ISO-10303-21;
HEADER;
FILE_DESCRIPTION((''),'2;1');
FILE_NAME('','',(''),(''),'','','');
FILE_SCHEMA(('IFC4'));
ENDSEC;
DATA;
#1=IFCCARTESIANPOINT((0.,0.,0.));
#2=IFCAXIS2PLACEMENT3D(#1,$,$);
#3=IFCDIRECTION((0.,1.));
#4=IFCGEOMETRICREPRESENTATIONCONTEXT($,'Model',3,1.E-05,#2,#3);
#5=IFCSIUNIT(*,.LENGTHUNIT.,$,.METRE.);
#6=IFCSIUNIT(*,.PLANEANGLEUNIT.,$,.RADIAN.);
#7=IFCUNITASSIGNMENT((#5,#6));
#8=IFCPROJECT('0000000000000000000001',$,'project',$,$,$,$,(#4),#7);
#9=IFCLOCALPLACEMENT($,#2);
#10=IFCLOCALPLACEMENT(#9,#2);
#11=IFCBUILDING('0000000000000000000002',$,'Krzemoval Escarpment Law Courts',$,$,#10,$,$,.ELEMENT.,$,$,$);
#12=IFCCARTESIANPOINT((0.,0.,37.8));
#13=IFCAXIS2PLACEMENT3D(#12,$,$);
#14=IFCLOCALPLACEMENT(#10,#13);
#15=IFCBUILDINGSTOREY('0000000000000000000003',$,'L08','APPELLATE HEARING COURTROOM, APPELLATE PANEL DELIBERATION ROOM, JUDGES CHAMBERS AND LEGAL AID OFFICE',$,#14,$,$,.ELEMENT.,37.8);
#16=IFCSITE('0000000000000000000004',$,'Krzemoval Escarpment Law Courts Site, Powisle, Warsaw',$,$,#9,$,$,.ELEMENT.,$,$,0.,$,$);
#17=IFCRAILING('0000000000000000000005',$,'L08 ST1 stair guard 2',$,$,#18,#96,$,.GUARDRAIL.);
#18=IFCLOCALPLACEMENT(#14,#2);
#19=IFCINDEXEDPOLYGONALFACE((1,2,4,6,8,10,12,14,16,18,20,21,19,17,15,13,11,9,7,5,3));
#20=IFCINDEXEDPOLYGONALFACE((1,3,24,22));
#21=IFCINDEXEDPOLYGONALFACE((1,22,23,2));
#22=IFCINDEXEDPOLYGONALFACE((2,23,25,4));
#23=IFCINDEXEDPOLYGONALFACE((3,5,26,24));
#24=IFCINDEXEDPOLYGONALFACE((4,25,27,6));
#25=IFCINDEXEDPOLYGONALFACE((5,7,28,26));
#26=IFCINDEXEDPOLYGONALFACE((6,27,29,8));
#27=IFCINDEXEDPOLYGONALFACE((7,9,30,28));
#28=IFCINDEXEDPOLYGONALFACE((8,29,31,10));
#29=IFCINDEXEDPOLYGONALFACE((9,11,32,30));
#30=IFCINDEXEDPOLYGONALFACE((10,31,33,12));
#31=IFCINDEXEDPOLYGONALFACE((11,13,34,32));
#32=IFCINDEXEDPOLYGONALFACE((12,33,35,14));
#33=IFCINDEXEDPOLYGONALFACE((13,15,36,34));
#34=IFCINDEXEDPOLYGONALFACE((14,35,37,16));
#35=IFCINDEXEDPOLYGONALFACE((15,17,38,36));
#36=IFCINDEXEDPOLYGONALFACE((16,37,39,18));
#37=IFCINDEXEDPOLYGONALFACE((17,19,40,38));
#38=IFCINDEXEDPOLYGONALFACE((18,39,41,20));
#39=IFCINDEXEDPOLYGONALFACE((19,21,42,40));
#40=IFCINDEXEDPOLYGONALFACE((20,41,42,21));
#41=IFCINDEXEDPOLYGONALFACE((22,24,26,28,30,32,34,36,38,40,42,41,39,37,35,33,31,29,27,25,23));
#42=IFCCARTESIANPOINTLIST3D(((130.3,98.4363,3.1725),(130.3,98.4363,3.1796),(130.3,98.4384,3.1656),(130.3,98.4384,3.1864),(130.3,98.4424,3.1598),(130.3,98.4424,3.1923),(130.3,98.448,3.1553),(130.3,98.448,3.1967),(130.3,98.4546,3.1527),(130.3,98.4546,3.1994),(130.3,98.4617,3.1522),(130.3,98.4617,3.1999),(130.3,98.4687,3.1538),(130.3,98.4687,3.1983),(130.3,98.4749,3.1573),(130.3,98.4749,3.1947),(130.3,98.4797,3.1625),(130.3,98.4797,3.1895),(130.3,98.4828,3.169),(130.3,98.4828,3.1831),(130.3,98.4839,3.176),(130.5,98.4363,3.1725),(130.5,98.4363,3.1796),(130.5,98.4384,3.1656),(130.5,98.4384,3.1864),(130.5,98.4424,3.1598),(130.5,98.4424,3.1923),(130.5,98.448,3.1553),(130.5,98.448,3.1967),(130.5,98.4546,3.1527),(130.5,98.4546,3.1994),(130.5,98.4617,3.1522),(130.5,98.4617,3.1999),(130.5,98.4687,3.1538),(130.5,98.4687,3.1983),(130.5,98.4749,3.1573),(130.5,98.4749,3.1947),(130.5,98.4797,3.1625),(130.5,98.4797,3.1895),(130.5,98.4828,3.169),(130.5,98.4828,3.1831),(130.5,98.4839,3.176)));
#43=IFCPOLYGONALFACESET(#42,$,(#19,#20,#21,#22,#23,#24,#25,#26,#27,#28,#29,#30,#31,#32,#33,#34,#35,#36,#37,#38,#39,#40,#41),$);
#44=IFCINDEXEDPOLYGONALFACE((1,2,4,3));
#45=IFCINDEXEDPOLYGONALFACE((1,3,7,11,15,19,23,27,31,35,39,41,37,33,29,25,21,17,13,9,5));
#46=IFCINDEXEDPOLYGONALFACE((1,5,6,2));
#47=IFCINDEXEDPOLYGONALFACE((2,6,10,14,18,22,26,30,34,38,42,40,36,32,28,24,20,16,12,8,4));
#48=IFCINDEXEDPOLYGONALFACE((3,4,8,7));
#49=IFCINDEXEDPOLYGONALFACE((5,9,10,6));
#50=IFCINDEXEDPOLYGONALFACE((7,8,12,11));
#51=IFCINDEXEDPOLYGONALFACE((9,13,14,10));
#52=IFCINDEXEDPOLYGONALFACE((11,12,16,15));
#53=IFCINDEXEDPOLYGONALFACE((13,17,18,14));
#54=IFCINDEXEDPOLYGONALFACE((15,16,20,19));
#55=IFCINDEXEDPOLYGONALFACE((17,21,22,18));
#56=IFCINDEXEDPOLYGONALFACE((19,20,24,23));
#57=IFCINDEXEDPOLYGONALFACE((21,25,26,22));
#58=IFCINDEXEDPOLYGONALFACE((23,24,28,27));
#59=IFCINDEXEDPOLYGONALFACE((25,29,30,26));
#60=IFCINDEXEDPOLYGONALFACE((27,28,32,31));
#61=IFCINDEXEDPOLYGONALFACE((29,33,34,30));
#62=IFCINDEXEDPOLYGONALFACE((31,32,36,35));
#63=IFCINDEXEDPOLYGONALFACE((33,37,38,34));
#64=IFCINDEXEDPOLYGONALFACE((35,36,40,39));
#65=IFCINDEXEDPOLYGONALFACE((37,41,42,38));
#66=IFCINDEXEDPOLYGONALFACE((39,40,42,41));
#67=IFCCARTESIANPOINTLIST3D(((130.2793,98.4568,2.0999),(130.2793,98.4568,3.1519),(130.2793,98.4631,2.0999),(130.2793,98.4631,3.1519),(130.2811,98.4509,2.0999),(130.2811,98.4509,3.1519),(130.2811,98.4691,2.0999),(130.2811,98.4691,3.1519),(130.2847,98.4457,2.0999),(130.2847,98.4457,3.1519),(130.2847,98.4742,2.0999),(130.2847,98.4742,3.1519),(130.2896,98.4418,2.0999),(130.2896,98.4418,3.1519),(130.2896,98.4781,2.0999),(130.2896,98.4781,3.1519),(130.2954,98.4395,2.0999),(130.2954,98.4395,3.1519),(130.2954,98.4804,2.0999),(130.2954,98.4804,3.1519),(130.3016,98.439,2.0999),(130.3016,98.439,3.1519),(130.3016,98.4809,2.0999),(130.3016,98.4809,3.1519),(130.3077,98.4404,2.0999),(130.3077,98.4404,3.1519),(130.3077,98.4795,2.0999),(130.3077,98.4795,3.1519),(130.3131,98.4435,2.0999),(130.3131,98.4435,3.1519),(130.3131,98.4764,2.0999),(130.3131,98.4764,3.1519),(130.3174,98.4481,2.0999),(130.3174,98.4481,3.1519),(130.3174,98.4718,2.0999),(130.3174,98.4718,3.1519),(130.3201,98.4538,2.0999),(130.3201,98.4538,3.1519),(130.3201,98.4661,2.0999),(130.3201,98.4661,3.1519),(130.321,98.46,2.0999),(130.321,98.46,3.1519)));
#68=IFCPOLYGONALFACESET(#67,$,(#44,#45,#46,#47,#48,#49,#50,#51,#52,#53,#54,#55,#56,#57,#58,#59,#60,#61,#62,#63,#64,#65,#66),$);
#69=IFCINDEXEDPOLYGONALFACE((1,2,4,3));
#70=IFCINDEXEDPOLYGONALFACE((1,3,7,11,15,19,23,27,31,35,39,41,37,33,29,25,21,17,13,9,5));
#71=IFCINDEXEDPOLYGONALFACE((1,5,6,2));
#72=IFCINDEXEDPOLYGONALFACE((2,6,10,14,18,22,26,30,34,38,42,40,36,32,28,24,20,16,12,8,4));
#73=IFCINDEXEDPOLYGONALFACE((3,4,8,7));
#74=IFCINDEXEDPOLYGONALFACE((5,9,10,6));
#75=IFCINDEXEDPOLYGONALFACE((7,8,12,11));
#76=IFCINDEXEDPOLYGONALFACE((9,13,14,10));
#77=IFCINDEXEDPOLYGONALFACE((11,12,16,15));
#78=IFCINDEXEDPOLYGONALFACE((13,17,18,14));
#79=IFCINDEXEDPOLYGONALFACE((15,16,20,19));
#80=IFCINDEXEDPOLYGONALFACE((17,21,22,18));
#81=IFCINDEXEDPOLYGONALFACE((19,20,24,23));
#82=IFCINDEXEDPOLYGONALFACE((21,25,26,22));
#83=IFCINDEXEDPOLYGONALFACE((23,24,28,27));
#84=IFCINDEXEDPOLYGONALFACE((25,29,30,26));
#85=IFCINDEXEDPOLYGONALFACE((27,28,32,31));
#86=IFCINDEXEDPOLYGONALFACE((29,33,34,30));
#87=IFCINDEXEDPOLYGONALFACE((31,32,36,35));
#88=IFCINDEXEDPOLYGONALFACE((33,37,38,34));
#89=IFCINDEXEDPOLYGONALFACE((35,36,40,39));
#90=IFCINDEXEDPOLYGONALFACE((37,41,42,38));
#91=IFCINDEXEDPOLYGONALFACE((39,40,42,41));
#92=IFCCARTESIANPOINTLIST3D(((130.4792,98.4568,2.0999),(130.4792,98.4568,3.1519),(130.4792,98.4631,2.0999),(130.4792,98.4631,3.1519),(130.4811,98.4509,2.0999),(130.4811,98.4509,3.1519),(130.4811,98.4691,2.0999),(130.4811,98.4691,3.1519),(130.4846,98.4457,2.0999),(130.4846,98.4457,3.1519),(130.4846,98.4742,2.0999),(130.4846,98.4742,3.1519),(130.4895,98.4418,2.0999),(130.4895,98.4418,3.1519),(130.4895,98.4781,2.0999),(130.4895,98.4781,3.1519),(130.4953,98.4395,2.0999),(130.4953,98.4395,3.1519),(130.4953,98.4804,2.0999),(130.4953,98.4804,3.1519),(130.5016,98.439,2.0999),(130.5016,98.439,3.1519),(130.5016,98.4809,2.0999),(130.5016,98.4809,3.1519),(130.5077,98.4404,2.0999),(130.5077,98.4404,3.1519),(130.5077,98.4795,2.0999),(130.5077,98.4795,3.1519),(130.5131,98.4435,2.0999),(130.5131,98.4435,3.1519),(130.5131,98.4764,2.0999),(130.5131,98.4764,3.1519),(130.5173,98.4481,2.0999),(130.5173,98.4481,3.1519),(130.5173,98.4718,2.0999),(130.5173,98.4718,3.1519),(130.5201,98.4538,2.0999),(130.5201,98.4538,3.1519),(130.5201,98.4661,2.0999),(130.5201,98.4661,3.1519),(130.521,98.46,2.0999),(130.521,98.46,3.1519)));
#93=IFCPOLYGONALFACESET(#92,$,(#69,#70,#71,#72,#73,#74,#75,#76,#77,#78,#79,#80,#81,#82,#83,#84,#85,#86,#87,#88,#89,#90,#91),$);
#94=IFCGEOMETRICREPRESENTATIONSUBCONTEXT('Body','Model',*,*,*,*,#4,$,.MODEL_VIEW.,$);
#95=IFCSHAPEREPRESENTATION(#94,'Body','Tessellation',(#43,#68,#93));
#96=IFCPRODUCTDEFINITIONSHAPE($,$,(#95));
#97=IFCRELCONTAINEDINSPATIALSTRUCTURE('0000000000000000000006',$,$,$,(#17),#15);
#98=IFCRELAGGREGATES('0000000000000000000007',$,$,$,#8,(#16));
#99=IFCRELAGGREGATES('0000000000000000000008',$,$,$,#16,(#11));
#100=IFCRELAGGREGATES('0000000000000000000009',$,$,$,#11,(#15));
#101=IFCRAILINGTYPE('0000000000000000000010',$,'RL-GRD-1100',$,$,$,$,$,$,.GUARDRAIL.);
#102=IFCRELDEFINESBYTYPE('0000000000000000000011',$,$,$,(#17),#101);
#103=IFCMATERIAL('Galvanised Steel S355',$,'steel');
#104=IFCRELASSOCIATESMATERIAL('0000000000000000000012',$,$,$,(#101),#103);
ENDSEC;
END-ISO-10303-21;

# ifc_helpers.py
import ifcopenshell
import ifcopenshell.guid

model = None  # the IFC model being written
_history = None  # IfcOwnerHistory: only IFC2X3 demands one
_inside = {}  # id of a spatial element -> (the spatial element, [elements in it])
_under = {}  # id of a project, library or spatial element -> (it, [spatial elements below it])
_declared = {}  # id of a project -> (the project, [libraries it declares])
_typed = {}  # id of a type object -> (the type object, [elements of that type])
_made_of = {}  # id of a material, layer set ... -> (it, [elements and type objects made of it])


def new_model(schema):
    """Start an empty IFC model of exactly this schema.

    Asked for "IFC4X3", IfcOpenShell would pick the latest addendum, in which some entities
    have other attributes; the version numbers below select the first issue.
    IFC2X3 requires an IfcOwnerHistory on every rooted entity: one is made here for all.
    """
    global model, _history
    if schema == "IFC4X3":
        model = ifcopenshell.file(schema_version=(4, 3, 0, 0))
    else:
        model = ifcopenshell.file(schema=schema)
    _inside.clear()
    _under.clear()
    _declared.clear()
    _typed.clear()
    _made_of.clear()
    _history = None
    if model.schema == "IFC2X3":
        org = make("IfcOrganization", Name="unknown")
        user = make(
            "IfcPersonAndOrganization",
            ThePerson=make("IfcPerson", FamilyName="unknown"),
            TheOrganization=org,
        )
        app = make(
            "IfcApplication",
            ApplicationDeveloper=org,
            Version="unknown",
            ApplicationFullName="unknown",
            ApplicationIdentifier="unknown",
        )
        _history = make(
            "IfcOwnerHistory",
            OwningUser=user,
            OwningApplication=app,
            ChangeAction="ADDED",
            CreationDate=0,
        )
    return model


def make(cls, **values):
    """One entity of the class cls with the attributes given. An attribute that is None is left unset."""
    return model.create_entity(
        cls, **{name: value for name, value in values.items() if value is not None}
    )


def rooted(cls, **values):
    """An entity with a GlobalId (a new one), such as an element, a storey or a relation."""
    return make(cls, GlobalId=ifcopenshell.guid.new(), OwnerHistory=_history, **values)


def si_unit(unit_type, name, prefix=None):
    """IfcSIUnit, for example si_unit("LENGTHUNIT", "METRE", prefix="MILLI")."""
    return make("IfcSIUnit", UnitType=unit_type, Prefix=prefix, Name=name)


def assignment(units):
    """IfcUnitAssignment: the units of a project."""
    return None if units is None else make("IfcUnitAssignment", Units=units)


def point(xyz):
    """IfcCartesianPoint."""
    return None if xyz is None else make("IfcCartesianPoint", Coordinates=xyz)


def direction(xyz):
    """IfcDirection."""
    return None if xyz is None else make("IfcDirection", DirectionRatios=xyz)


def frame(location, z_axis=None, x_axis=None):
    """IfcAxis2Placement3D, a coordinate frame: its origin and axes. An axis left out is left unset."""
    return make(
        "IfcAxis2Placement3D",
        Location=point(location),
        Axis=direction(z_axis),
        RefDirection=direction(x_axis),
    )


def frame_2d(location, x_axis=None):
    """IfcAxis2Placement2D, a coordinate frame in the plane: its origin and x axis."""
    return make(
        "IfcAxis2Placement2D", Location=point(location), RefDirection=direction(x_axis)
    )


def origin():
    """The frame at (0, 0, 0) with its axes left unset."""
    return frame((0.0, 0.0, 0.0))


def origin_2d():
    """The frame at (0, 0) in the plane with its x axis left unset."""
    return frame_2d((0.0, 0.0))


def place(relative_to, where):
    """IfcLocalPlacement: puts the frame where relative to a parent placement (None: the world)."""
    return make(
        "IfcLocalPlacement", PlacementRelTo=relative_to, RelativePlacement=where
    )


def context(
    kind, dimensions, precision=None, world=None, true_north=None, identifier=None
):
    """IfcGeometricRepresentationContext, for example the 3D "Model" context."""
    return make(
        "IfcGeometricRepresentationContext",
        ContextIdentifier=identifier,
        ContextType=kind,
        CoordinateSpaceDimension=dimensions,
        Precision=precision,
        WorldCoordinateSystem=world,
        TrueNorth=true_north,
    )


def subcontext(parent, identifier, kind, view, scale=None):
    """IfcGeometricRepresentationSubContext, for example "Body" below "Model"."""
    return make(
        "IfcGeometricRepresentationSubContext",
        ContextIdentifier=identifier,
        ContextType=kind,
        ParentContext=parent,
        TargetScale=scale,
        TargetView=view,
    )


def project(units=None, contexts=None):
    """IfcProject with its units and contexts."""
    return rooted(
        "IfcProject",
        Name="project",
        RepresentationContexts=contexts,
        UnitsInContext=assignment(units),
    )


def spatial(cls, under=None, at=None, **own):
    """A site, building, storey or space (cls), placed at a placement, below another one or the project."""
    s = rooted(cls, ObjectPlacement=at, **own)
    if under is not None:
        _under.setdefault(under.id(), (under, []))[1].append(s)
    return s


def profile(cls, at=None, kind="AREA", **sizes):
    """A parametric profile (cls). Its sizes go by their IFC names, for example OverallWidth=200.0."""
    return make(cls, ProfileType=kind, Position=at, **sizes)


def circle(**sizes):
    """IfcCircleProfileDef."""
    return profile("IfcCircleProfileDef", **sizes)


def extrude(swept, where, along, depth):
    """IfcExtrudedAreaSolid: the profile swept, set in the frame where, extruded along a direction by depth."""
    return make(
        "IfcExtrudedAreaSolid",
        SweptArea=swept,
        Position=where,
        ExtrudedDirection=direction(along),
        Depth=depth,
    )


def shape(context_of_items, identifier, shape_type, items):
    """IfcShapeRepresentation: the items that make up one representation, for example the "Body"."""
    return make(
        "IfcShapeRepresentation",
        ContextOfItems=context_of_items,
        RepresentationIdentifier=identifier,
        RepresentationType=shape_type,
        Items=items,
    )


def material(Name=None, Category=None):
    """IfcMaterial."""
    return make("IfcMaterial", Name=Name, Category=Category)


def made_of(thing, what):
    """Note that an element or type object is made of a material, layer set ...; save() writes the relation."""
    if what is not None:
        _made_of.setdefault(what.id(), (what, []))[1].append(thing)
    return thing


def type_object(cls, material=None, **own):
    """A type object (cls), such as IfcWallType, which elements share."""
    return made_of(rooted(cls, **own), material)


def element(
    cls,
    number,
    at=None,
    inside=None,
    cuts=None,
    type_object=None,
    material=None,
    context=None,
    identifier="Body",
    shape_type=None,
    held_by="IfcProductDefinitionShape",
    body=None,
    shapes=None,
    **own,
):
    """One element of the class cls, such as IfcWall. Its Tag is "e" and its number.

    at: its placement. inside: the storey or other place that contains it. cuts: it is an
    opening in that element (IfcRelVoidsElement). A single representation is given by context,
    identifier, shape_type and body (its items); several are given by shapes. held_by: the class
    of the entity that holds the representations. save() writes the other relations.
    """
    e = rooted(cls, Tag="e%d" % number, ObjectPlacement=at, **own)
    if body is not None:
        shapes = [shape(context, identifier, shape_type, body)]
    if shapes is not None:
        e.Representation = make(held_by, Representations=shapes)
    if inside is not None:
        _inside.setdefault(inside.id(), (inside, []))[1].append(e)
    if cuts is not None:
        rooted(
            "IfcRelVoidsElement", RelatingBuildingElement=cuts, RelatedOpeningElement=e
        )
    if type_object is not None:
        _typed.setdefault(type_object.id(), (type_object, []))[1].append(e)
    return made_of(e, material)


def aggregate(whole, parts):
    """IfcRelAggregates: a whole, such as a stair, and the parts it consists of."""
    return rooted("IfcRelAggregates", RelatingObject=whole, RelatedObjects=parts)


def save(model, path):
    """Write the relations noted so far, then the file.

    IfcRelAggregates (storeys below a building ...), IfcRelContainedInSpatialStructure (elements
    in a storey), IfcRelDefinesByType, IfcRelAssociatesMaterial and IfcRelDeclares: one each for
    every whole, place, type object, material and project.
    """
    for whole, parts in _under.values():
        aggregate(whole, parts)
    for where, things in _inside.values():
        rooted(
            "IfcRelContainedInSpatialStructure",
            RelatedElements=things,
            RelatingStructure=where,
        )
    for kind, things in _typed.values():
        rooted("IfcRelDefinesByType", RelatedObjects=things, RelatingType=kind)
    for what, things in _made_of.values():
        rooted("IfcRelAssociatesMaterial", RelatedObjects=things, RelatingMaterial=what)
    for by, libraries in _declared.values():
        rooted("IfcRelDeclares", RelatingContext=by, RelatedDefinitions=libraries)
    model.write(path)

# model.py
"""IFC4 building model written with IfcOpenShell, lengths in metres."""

from ifc_helpers import new_model, si_unit, direction, frame, origin, origin_2d, place, context, subcontext, project, spatial, circle, extrude, material, type_object, element, save


model = new_model("IFC4")

# Units and contexts
model_context = context("Model", 3, precision=1e-05, world=origin(), true_north=direction((0.0, 1.0)))
body_context = subcontext(model_context, "Body", "Model", "MODEL_VIEW")
ifc_project = project(units=[si_unit("LENGTHUNIT", "METRE"), si_unit("PLANEANGLEUNIT", "RADIAN")], contexts=[model_context])

# Site, building, storey
site_placement = place(None, origin())
site = spatial("IfcSite", under=ifc_project, at=site_placement, Name="Krzemoval Escarpment Law Courts Site, Powisle, Warsaw", CompositionType="ELEMENT", RefElevation=0.0)
building_placement = place(site_placement, origin())
building = spatial("IfcBuilding", under=site, at=building_placement, Name="Krzemoval Escarpment Law Courts", CompositionType="ELEMENT")
storey_placement = place(building_placement, frame((0.0, 0.0, 37.8)))
storey = spatial("IfcBuildingStorey", under=building, at=storey_placement, Name="L08", Description="APPELLATE HEARING COURTROOM, APPELLATE PANEL DELIBERATION ROOM, JUDGES CHAMBERS AND LEGAL AID OFFICE", CompositionType="ELEMENT", Elevation=37.8)

# Railing
ifc_material_1 = material(Name="Galvanised Steel S355", Category="steel")
railing_type_1 = type_object("IfcRailingType", Name="RL-GRD-1100", PredefinedType="GUARDRAIL", material=ifc_material_1)
railing_1_placement = place(storey_placement, frame((130.3, 98.46, 2.0999)))
element("IfcRailing", 1, at=railing_1_placement, inside=storey, type_object=railing_type_1, Name="L08 ST1 stair guard 2", PredefinedType="GUARDRAIL", context=body_context, shape_type="SweptSolid", body=[
    extrude(circle(Radius=0.0239, at=origin_2d()), frame((0.0, 0.0, 1.0762), z_axis=(1.0, 0.0, 0.0), x_axis=(0.0, 1.0, 0.0)), (0.0, 0.0, 1.0), 0.2),
    extrude(circle(Radius=0.021, at=origin_2d()), origin(), (0.0, 0.0, 1.0), 1.052),
    extrude(circle(Radius=0.021, at=origin_2d()), frame((0.2, 0.0, 0.0)), (0.0, 0.0, 1.0), 1.052),
])

save(model, "model.ifc")
